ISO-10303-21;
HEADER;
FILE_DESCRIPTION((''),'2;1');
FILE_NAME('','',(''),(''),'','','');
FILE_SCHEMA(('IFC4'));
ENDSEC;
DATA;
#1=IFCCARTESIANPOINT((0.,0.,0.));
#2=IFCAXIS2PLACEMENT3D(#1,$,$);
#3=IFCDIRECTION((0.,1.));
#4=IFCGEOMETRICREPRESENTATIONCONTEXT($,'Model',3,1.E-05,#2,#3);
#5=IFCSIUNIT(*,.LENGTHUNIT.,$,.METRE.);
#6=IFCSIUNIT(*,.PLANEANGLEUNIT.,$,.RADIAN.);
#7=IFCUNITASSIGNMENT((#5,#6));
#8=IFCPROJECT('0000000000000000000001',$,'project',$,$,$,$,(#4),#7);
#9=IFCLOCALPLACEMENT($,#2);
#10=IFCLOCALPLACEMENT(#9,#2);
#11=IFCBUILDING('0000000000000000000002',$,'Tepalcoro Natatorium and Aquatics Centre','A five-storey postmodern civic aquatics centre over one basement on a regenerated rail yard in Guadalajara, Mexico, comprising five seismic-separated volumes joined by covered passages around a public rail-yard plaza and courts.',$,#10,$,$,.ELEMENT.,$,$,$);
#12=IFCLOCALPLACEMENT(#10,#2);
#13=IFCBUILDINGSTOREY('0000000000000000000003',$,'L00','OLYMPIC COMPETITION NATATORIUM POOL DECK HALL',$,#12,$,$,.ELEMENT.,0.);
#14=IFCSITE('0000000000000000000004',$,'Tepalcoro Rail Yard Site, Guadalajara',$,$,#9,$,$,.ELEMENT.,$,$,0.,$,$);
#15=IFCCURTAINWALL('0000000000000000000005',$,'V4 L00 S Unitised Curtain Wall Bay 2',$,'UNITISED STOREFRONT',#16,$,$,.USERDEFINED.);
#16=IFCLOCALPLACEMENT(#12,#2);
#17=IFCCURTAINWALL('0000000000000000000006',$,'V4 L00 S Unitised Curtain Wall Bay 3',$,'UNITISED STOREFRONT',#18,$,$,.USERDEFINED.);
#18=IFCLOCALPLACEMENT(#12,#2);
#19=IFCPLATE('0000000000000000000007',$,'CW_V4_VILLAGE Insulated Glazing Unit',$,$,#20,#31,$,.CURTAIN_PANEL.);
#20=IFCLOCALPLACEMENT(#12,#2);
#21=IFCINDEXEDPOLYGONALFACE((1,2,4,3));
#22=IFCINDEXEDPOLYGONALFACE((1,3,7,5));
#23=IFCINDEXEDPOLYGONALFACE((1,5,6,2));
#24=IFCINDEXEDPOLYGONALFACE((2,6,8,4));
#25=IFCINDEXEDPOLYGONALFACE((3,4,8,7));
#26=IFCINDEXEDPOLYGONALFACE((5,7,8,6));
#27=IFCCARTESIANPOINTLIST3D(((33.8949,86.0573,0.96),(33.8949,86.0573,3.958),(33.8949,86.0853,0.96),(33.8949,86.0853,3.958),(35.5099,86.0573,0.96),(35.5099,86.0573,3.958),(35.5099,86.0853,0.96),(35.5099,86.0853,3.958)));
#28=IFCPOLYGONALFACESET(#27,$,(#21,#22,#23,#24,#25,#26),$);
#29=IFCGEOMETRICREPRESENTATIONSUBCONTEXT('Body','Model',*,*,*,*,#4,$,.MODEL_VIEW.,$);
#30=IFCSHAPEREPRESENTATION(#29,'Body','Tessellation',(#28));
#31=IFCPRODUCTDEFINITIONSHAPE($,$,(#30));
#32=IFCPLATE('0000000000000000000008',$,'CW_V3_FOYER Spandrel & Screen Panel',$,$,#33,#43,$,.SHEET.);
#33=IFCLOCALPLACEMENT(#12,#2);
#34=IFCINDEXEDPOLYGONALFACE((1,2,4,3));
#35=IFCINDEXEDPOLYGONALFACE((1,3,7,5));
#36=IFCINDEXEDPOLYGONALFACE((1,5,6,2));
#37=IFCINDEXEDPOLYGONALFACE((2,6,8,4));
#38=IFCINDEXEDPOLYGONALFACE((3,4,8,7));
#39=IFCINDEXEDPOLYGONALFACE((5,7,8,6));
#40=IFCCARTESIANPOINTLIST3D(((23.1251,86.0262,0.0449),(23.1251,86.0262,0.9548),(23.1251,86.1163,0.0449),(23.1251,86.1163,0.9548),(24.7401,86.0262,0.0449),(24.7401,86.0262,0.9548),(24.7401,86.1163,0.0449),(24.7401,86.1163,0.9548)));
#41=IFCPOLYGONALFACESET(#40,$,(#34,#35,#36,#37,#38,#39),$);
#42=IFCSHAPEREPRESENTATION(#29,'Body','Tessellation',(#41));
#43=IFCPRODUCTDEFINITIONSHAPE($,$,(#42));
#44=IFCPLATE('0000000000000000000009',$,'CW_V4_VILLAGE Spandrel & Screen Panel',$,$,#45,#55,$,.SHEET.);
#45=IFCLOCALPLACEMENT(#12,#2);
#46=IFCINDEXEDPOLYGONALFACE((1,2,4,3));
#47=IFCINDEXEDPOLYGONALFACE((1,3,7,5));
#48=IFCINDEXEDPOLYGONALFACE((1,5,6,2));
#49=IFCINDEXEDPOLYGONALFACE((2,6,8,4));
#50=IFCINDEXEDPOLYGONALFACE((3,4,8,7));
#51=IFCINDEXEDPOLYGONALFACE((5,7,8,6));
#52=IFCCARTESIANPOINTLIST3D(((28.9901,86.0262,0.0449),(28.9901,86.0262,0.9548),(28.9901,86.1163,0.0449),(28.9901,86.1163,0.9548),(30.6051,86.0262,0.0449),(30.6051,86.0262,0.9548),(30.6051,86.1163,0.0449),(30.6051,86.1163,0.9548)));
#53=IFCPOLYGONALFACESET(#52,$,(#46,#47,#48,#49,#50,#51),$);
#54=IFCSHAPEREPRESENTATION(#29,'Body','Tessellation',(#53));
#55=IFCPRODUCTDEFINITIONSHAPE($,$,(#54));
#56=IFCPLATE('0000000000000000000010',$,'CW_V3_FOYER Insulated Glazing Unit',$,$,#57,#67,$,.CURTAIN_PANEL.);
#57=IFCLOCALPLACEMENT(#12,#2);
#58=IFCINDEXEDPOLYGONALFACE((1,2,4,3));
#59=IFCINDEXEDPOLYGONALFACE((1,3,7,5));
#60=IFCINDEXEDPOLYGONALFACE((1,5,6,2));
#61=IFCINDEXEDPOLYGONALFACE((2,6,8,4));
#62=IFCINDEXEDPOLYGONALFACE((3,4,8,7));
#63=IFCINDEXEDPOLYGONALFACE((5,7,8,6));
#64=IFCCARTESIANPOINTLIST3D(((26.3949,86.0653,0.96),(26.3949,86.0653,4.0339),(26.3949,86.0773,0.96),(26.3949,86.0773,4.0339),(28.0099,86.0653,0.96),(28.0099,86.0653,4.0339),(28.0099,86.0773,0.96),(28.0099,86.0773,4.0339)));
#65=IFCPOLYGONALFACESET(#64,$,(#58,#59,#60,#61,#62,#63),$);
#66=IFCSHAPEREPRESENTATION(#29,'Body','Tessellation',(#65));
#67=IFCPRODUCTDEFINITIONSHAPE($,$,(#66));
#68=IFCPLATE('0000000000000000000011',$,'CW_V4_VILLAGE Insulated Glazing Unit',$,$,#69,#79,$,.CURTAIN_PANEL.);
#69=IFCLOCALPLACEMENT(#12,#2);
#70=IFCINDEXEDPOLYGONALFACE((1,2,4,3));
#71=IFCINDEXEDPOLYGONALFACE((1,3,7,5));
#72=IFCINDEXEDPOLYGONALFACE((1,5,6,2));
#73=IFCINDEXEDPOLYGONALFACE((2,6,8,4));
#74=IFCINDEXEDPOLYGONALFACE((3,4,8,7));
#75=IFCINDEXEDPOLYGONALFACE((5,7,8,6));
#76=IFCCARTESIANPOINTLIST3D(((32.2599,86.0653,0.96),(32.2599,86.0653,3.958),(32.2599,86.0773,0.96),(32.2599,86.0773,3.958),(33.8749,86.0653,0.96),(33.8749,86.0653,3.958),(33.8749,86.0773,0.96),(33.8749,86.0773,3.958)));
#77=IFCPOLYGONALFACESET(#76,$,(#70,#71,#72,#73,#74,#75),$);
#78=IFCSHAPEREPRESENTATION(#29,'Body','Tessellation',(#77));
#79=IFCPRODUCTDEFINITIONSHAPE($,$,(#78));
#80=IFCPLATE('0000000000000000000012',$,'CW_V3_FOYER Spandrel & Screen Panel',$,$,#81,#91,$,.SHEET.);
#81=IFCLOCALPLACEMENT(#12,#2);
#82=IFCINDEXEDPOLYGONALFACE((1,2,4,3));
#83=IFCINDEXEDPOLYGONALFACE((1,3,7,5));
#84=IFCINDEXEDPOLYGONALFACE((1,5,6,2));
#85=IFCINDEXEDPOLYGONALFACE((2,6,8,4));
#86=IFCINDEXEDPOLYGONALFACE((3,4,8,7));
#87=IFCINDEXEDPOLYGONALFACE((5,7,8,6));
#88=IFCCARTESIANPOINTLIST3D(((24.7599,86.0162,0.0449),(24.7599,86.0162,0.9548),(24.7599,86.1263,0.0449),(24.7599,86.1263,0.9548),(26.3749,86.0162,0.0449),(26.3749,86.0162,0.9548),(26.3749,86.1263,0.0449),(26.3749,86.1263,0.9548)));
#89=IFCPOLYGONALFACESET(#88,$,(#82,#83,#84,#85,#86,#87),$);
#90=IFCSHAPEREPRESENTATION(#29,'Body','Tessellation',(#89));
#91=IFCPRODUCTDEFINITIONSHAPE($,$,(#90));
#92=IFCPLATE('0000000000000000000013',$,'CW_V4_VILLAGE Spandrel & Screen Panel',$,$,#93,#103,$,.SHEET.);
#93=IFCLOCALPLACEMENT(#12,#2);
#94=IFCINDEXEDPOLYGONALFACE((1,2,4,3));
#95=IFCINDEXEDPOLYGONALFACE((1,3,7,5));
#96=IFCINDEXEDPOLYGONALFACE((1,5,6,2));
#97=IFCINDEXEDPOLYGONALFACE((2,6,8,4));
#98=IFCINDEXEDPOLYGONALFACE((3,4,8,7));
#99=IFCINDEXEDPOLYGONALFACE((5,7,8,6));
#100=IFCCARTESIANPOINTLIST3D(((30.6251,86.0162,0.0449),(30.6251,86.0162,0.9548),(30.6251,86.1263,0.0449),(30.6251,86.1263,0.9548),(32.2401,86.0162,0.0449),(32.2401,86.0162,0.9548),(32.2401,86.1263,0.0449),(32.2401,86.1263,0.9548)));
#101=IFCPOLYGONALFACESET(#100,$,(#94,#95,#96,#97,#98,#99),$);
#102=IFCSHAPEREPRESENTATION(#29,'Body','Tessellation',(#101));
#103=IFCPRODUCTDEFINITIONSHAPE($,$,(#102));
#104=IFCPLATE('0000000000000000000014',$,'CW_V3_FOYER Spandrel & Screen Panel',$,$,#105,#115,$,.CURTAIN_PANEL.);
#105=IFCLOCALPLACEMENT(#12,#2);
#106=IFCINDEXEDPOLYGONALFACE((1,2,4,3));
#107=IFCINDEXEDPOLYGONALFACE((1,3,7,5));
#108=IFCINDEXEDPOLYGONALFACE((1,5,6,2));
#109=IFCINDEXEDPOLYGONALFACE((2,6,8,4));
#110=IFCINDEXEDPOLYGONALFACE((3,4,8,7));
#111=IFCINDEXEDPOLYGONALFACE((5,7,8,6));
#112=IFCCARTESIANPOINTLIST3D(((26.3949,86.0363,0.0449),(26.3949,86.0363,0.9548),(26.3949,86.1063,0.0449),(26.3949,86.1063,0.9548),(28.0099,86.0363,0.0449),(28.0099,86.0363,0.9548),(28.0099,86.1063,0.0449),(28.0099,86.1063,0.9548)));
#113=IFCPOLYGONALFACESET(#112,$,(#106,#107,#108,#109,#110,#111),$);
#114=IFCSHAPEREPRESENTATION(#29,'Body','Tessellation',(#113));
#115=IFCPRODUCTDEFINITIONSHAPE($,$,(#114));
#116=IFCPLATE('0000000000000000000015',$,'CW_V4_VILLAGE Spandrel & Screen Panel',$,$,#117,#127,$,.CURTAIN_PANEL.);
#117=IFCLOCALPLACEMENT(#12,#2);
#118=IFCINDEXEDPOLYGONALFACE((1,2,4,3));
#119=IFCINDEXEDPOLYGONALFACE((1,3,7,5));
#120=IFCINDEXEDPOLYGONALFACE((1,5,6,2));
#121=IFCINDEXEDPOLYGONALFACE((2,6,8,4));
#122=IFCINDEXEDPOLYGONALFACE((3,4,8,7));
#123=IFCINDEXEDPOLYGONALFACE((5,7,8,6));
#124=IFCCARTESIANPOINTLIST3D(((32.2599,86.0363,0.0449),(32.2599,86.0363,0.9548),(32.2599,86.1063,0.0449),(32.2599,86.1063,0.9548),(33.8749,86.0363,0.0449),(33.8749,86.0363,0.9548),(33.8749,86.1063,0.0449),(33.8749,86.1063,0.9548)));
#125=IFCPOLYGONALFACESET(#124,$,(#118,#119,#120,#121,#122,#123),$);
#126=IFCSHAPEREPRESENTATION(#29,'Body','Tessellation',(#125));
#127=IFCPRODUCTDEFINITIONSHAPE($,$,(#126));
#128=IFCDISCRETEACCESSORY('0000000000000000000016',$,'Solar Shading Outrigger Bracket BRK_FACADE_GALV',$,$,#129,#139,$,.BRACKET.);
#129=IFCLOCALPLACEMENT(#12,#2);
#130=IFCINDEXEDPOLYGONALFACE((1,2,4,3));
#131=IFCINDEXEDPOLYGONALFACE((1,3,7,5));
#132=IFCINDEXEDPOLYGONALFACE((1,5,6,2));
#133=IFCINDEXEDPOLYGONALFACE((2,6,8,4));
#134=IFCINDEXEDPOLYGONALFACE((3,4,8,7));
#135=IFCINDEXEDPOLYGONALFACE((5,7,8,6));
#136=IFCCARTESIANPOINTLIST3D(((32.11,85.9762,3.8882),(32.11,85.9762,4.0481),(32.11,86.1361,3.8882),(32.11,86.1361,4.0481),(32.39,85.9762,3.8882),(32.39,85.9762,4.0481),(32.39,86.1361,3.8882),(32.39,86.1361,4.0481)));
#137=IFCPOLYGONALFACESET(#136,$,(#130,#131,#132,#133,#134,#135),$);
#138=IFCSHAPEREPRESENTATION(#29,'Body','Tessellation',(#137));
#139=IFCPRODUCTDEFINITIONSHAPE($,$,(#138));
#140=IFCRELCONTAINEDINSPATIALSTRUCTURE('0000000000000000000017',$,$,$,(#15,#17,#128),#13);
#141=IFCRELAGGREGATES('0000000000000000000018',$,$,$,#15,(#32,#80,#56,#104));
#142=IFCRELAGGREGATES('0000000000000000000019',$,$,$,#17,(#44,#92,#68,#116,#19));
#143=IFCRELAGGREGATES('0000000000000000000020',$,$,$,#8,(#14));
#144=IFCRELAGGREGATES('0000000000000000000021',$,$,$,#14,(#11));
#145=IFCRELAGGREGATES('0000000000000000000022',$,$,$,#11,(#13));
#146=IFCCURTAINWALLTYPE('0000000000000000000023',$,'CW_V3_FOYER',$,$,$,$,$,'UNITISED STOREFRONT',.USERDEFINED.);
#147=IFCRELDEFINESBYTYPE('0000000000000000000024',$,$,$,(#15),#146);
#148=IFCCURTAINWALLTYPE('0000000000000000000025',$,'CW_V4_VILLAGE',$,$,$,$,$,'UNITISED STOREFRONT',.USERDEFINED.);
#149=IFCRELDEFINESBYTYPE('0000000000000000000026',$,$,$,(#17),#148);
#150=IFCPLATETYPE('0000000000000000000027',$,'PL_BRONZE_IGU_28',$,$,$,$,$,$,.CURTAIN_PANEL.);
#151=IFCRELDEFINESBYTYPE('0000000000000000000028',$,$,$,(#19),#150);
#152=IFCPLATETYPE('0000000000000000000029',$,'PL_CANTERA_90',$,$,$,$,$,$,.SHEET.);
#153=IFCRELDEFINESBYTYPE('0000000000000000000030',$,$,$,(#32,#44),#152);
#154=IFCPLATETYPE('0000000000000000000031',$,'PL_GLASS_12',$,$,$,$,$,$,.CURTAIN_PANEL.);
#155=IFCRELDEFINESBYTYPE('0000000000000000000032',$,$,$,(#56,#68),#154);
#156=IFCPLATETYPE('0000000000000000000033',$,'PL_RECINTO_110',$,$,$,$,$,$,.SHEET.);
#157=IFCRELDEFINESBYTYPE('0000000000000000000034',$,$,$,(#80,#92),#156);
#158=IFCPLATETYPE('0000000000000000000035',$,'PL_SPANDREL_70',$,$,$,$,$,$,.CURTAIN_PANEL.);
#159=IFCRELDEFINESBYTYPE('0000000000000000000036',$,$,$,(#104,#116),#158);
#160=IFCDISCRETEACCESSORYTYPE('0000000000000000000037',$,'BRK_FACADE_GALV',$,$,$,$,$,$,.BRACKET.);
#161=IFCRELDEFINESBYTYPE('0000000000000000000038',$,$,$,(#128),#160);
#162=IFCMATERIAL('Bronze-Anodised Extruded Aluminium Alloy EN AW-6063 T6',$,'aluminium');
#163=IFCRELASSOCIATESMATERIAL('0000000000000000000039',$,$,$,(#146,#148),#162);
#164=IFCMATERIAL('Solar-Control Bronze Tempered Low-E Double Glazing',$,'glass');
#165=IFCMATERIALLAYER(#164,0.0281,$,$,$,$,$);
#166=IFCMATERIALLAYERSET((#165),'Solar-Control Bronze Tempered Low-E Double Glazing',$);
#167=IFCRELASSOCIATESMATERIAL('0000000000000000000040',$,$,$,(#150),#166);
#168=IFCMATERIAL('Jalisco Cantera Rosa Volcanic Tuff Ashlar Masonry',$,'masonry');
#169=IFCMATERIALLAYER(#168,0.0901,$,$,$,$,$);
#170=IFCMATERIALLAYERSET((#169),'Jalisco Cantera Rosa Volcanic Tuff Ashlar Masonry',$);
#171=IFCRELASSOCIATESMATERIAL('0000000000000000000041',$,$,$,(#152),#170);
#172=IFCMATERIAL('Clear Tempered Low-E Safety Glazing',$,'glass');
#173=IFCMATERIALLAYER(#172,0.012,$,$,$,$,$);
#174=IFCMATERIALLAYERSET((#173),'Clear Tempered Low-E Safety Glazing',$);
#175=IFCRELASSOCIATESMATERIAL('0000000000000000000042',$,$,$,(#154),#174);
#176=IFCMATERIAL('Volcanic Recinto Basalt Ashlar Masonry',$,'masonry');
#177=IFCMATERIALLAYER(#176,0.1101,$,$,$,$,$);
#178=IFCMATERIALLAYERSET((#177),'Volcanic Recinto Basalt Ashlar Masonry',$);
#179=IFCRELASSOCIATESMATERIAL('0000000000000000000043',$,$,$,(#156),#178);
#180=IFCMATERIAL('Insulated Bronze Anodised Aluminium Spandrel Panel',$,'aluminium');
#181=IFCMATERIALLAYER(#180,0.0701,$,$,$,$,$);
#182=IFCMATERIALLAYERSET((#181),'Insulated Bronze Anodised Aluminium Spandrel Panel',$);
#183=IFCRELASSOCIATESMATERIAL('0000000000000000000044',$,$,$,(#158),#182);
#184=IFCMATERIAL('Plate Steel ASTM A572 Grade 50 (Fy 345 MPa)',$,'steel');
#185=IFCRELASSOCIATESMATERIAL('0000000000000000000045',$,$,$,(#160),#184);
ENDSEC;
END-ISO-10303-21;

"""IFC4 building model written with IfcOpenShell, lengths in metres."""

from ifc_helpers import new_model, si_unit, direction, frame, origin, origin_2d, place, context, subcontext, project, spatial, rectangle, extrude, material, layer, layer_set, type_object, element, aggregate, save


model = new_model("IFC4")

# Units and contexts
model_context = context("Model", 3, precision=1e-05, world=origin(), true_north=direction((0.0, 1.0)))
body_context = subcontext(model_context, "Body", "Model", "MODEL_VIEW")
ifc_project = project(units=[si_unit("LENGTHUNIT", "METRE"), si_unit("PLANEANGLEUNIT", "RADIAN")], contexts=[model_context])

# Site, building, storey
site_placement = place(None, origin())
site = spatial("IfcSite", under=ifc_project, at=site_placement, Name="Tepalcoro Rail Yard Site, Guadalajara", CompositionType="ELEMENT", RefElevation=0.0)
building_placement = place(site_placement, origin())
building = spatial("IfcBuilding", under=site, at=building_placement, Name="Tepalcoro Natatorium and Aquatics Centre", Description="A five-storey postmodern civic aquatics centre over one basement on a regenerated rail yard in Guadalajara, Mexico, comprising five seismic-separated volumes joined by covered passages around a public rail-yard plaza and courts.", CompositionType="ELEMENT")
storey_placement = place(building_placement, origin())
storey = spatial("IfcBuildingStorey", under=building, at=storey_placement, Name="L00", Description="OLYMPIC COMPETITION NATATORIUM POOL DECK HALL", CompositionType="ELEMENT", Elevation=0.0)

# Curtain walls
ifc_material_1 = material(Name="Bronze-Anodised Extruded Aluminium Alloy EN AW-6063 T6", Category="aluminium")
curtain_wall_type_1 = type_object("IfcCurtainWallType", Name="CW_V3_FOYER", ElementType="UNITISED STOREFRONT", PredefinedType="USERDEFINED", material=ifc_material_1)
curtain_wall_1_placement = place(storey_placement, origin())
curtain_wall_1 = element("IfcCurtainWall", 1, at=curtain_wall_1_placement, inside=storey, type_object=curtain_wall_type_1, Name="V4 L00 S Unitised Curtain Wall Bay 2", ObjectType="UNITISED STOREFRONT", PredefinedType="USERDEFINED")
curtain_wall_type_2 = type_object("IfcCurtainWallType", Name="CW_V4_VILLAGE", ElementType="UNITISED STOREFRONT", PredefinedType="USERDEFINED", material=ifc_material_1)
curtain_wall_2_placement = place(storey_placement, origin())
curtain_wall_2 = element("IfcCurtainWall", 2, at=curtain_wall_2_placement, inside=storey, type_object=curtain_wall_type_2, Name="V4 L00 S Unitised Curtain Wall Bay 3", ObjectType="UNITISED STOREFRONT", PredefinedType="USERDEFINED")

# Plates
ifc_material_2 = material(Name="Solar-Control Bronze Tempered Low-E Double Glazing", Category="glass")
ifc_layer_1 = layer(ifc_material_2, 0.0281)
ifc_layer_set_1 = layer_set([ifc_layer_1], Name="Solar-Control Bronze Tempered Low-E Double Glazing")
plate_type_1 = type_object("IfcPlateType", Name="PL_BRONZE_IGU_28", PredefinedType="CURTAIN_PANEL", material=ifc_layer_set_1)
plate_1_placement = place(storey_placement, frame((34.7024, 86.0713, 0.96), z_axis=(0.0, 0.0, 1.0), x_axis=(1.0, 0.0, 0.0)))
plate_1 = element("IfcPlate", 3, at=plate_1_placement, type_object=plate_type_1, Name="CW_V4_VILLAGE Insulated Glazing Unit", PredefinedType="CURTAIN_PANEL", context=body_context, shape_type="SweptSolid", body=[
    extrude(rectangle(XDim=1.615, YDim=0.0281, at=origin_2d()), origin(), (0.0, 0.0, 1.0), 2.998),
])
ifc_material_3 = material(Name="Jalisco Cantera Rosa Volcanic Tuff Ashlar Masonry", Category="masonry")
ifc_layer_2 = layer(ifc_material_3, 0.0901)
ifc_layer_set_2 = layer_set([ifc_layer_2], Name="Jalisco Cantera Rosa Volcanic Tuff Ashlar Masonry")
plate_type_2 = type_object("IfcPlateType", Name="PL_CANTERA_90", PredefinedType="SHEET", material=ifc_layer_set_2)
plate_2_placement = place(storey_placement, frame((23.9326, 86.0713, 0.0449), z_axis=(0.0, 0.0, 1.0), x_axis=(1.0, 0.0, 0.0)))
plate_2 = element("IfcPlate", 4, at=plate_2_placement, type_object=plate_type_2, Name="CW_V3_FOYER Spandrel & Screen Panel", PredefinedType="SHEET", context=body_context, shape_type="SweptSolid", body=[
    extrude(rectangle(XDim=1.615, YDim=0.0901, at=origin_2d()), origin(), (0.0, 0.0, 1.0), 0.9099),
])
plate_3_placement = place(storey_placement, frame((29.7976, 86.0713, 0.0449), z_axis=(0.0, 0.0, 1.0), x_axis=(1.0, 0.0, 0.0)))
plate_3 = element("IfcPlate", 5, at=plate_3_placement, type_object=plate_type_2, Name="CW_V4_VILLAGE Spandrel & Screen Panel", PredefinedType="SHEET", context=body_context, shape_type="SweptSolid", body=[
    extrude(rectangle(XDim=1.615, YDim=0.0901, at=origin_2d()), origin(), (0.0, 0.0, 1.0), 0.9099),
])
ifc_material_4 = material(Name="Clear Tempered Low-E Safety Glazing", Category="glass")
ifc_layer_3 = layer(ifc_material_4, 0.012)
ifc_layer_set_3 = layer_set([ifc_layer_3], Name="Clear Tempered Low-E Safety Glazing")
plate_type_3 = type_object("IfcPlateType", Name="PL_GLASS_12", PredefinedType="CURTAIN_PANEL", material=ifc_layer_set_3)
plate_4_placement = place(storey_placement, frame((27.2024, 86.0713, 0.96), z_axis=(0.0, 0.0, 1.0), x_axis=(1.0, 0.0, 0.0)))
plate_4 = element("IfcPlate", 6, at=plate_4_placement, type_object=plate_type_3, Name="CW_V3_FOYER Insulated Glazing Unit", PredefinedType="CURTAIN_PANEL", context=body_context, shape_type="SweptSolid", body=[
    extrude(rectangle(XDim=1.615, YDim=0.012, at=origin_2d()), origin(), (0.0, 0.0, 1.0), 3.074),
])
plate_5_placement = place(storey_placement, frame((33.0674, 86.0713, 0.96), z_axis=(0.0, 0.0, 1.0), x_axis=(1.0, 0.0, 0.0)))
plate_5 = element("IfcPlate", 7, at=plate_5_placement, type_object=plate_type_3, Name="CW_V4_VILLAGE Insulated Glazing Unit", PredefinedType="CURTAIN_PANEL", context=body_context, shape_type="SweptSolid", body=[
    extrude(rectangle(XDim=1.615, YDim=0.012, at=origin_2d()), origin(), (0.0, 0.0, 1.0), 2.998),
])
ifc_material_5 = material(Name="Volcanic Recinto Basalt Ashlar Masonry", Category="masonry")
ifc_layer_4 = layer(ifc_material_5, 0.1101)
ifc_layer_set_4 = layer_set([ifc_layer_4], Name="Volcanic Recinto Basalt Ashlar Masonry")
plate_type_4 = type_object("IfcPlateType", Name="PL_RECINTO_110", PredefinedType="SHEET", material=ifc_layer_set_4)
plate_6_placement = place(storey_placement, frame((25.5674, 86.0713, 0.0449), z_axis=(0.0, 0.0, 1.0), x_axis=(1.0, 0.0, 0.0)))
plate_6 = element("IfcPlate", 8, at=plate_6_placement, type_object=plate_type_4, Name="CW_V3_FOYER Spandrel & Screen Panel", PredefinedType="SHEET", context=body_context, shape_type="SweptSolid", body=[
    extrude(rectangle(XDim=1.615, YDim=0.1101, at=origin_2d()), origin(), (0.0, 0.0, 1.0), 0.9099),
])
plate_7_placement = place(storey_placement, frame((31.4326, 86.0713, 0.0449), z_axis=(0.0, 0.0, 1.0), x_axis=(1.0, 0.0, 0.0)))
plate_7 = element("IfcPlate", 9, at=plate_7_placement, type_object=plate_type_4, Name="CW_V4_VILLAGE Spandrel & Screen Panel", PredefinedType="SHEET", context=body_context, shape_type="SweptSolid", body=[
    extrude(rectangle(XDim=1.615, YDim=0.1101, at=origin_2d()), origin(), (0.0, 0.0, 1.0), 0.9099),
])
ifc_material_6 = material(Name="Insulated Bronze Anodised Aluminium Spandrel Panel", Category="aluminium")
ifc_layer_5 = layer(ifc_material_6, 0.0701)
ifc_layer_set_5 = layer_set([ifc_layer_5], Name="Insulated Bronze Anodised Aluminium Spandrel Panel")
plate_type_5 = type_object("IfcPlateType", Name="PL_SPANDREL_70", PredefinedType="CURTAIN_PANEL", material=ifc_layer_set_5)
plate_8_placement = place(storey_placement, frame((27.2024, 86.0713, 0.0449), z_axis=(0.0, 0.0, 1.0), x_axis=(1.0, 0.0, 0.0)))
plate_8 = element("IfcPlate", 10, at=plate_8_placement, type_object=plate_type_5, Name="CW_V3_FOYER Spandrel & Screen Panel", PredefinedType="CURTAIN_PANEL", context=body_context, shape_type="SweptSolid", body=[
    extrude(rectangle(XDim=1.615, YDim=0.0701, at=origin_2d()), origin(), (0.0, 0.0, 1.0), 0.9099),
])
aggregate(curtain_wall_1, [plate_2, plate_6, plate_4, plate_8])
plate_9_placement = place(storey_placement, frame((33.0674, 86.0713, 0.0449), z_axis=(0.0, 0.0, 1.0), x_axis=(1.0, 0.0, 0.0)))
plate_9 = element("IfcPlate", 11, at=plate_9_placement, type_object=plate_type_5, Name="CW_V4_VILLAGE Spandrel & Screen Panel", PredefinedType="CURTAIN_PANEL", context=body_context, shape_type="SweptSolid", body=[
    extrude(rectangle(XDim=1.615, YDim=0.0701, at=origin_2d()), origin(), (0.0, 0.0, 1.0), 0.9099),
])
aggregate(curtain_wall_2, [plate_3, plate_7, plate_5, plate_9, plate_1])

# Discrete accessory
ifc_material_7 = material(Name="Plate Steel ASTM A572 Grade 50 (Fy 345 MPa)", Category="steel")
discrete_accessory_type = type_object("IfcDiscreteAccessoryType", Name="BRK_FACADE_GALV", PredefinedType="BRACKET", material=ifc_material_7)
discrete_accessory_placement = place(storey_placement, frame((32.25, 86.0562, 3.8882), z_axis=(0.0, 0.0, 1.0), x_axis=(1.0, 0.0, 0.0)))
element("IfcDiscreteAccessory", 12, at=discrete_accessory_placement, inside=storey, type_object=discrete_accessory_type, Name="Solar Shading Outrigger Bracket BRK_FACADE_GALV", PredefinedType="BRACKET", context=body_context, shape_type="SweptSolid", body=[
    extrude(rectangle(XDim=0.28, YDim=0.1599, at=origin_2d()), origin(), (0.0, 0.0, 1.0), 0.1599),
])

save(model, "model.ifc")
